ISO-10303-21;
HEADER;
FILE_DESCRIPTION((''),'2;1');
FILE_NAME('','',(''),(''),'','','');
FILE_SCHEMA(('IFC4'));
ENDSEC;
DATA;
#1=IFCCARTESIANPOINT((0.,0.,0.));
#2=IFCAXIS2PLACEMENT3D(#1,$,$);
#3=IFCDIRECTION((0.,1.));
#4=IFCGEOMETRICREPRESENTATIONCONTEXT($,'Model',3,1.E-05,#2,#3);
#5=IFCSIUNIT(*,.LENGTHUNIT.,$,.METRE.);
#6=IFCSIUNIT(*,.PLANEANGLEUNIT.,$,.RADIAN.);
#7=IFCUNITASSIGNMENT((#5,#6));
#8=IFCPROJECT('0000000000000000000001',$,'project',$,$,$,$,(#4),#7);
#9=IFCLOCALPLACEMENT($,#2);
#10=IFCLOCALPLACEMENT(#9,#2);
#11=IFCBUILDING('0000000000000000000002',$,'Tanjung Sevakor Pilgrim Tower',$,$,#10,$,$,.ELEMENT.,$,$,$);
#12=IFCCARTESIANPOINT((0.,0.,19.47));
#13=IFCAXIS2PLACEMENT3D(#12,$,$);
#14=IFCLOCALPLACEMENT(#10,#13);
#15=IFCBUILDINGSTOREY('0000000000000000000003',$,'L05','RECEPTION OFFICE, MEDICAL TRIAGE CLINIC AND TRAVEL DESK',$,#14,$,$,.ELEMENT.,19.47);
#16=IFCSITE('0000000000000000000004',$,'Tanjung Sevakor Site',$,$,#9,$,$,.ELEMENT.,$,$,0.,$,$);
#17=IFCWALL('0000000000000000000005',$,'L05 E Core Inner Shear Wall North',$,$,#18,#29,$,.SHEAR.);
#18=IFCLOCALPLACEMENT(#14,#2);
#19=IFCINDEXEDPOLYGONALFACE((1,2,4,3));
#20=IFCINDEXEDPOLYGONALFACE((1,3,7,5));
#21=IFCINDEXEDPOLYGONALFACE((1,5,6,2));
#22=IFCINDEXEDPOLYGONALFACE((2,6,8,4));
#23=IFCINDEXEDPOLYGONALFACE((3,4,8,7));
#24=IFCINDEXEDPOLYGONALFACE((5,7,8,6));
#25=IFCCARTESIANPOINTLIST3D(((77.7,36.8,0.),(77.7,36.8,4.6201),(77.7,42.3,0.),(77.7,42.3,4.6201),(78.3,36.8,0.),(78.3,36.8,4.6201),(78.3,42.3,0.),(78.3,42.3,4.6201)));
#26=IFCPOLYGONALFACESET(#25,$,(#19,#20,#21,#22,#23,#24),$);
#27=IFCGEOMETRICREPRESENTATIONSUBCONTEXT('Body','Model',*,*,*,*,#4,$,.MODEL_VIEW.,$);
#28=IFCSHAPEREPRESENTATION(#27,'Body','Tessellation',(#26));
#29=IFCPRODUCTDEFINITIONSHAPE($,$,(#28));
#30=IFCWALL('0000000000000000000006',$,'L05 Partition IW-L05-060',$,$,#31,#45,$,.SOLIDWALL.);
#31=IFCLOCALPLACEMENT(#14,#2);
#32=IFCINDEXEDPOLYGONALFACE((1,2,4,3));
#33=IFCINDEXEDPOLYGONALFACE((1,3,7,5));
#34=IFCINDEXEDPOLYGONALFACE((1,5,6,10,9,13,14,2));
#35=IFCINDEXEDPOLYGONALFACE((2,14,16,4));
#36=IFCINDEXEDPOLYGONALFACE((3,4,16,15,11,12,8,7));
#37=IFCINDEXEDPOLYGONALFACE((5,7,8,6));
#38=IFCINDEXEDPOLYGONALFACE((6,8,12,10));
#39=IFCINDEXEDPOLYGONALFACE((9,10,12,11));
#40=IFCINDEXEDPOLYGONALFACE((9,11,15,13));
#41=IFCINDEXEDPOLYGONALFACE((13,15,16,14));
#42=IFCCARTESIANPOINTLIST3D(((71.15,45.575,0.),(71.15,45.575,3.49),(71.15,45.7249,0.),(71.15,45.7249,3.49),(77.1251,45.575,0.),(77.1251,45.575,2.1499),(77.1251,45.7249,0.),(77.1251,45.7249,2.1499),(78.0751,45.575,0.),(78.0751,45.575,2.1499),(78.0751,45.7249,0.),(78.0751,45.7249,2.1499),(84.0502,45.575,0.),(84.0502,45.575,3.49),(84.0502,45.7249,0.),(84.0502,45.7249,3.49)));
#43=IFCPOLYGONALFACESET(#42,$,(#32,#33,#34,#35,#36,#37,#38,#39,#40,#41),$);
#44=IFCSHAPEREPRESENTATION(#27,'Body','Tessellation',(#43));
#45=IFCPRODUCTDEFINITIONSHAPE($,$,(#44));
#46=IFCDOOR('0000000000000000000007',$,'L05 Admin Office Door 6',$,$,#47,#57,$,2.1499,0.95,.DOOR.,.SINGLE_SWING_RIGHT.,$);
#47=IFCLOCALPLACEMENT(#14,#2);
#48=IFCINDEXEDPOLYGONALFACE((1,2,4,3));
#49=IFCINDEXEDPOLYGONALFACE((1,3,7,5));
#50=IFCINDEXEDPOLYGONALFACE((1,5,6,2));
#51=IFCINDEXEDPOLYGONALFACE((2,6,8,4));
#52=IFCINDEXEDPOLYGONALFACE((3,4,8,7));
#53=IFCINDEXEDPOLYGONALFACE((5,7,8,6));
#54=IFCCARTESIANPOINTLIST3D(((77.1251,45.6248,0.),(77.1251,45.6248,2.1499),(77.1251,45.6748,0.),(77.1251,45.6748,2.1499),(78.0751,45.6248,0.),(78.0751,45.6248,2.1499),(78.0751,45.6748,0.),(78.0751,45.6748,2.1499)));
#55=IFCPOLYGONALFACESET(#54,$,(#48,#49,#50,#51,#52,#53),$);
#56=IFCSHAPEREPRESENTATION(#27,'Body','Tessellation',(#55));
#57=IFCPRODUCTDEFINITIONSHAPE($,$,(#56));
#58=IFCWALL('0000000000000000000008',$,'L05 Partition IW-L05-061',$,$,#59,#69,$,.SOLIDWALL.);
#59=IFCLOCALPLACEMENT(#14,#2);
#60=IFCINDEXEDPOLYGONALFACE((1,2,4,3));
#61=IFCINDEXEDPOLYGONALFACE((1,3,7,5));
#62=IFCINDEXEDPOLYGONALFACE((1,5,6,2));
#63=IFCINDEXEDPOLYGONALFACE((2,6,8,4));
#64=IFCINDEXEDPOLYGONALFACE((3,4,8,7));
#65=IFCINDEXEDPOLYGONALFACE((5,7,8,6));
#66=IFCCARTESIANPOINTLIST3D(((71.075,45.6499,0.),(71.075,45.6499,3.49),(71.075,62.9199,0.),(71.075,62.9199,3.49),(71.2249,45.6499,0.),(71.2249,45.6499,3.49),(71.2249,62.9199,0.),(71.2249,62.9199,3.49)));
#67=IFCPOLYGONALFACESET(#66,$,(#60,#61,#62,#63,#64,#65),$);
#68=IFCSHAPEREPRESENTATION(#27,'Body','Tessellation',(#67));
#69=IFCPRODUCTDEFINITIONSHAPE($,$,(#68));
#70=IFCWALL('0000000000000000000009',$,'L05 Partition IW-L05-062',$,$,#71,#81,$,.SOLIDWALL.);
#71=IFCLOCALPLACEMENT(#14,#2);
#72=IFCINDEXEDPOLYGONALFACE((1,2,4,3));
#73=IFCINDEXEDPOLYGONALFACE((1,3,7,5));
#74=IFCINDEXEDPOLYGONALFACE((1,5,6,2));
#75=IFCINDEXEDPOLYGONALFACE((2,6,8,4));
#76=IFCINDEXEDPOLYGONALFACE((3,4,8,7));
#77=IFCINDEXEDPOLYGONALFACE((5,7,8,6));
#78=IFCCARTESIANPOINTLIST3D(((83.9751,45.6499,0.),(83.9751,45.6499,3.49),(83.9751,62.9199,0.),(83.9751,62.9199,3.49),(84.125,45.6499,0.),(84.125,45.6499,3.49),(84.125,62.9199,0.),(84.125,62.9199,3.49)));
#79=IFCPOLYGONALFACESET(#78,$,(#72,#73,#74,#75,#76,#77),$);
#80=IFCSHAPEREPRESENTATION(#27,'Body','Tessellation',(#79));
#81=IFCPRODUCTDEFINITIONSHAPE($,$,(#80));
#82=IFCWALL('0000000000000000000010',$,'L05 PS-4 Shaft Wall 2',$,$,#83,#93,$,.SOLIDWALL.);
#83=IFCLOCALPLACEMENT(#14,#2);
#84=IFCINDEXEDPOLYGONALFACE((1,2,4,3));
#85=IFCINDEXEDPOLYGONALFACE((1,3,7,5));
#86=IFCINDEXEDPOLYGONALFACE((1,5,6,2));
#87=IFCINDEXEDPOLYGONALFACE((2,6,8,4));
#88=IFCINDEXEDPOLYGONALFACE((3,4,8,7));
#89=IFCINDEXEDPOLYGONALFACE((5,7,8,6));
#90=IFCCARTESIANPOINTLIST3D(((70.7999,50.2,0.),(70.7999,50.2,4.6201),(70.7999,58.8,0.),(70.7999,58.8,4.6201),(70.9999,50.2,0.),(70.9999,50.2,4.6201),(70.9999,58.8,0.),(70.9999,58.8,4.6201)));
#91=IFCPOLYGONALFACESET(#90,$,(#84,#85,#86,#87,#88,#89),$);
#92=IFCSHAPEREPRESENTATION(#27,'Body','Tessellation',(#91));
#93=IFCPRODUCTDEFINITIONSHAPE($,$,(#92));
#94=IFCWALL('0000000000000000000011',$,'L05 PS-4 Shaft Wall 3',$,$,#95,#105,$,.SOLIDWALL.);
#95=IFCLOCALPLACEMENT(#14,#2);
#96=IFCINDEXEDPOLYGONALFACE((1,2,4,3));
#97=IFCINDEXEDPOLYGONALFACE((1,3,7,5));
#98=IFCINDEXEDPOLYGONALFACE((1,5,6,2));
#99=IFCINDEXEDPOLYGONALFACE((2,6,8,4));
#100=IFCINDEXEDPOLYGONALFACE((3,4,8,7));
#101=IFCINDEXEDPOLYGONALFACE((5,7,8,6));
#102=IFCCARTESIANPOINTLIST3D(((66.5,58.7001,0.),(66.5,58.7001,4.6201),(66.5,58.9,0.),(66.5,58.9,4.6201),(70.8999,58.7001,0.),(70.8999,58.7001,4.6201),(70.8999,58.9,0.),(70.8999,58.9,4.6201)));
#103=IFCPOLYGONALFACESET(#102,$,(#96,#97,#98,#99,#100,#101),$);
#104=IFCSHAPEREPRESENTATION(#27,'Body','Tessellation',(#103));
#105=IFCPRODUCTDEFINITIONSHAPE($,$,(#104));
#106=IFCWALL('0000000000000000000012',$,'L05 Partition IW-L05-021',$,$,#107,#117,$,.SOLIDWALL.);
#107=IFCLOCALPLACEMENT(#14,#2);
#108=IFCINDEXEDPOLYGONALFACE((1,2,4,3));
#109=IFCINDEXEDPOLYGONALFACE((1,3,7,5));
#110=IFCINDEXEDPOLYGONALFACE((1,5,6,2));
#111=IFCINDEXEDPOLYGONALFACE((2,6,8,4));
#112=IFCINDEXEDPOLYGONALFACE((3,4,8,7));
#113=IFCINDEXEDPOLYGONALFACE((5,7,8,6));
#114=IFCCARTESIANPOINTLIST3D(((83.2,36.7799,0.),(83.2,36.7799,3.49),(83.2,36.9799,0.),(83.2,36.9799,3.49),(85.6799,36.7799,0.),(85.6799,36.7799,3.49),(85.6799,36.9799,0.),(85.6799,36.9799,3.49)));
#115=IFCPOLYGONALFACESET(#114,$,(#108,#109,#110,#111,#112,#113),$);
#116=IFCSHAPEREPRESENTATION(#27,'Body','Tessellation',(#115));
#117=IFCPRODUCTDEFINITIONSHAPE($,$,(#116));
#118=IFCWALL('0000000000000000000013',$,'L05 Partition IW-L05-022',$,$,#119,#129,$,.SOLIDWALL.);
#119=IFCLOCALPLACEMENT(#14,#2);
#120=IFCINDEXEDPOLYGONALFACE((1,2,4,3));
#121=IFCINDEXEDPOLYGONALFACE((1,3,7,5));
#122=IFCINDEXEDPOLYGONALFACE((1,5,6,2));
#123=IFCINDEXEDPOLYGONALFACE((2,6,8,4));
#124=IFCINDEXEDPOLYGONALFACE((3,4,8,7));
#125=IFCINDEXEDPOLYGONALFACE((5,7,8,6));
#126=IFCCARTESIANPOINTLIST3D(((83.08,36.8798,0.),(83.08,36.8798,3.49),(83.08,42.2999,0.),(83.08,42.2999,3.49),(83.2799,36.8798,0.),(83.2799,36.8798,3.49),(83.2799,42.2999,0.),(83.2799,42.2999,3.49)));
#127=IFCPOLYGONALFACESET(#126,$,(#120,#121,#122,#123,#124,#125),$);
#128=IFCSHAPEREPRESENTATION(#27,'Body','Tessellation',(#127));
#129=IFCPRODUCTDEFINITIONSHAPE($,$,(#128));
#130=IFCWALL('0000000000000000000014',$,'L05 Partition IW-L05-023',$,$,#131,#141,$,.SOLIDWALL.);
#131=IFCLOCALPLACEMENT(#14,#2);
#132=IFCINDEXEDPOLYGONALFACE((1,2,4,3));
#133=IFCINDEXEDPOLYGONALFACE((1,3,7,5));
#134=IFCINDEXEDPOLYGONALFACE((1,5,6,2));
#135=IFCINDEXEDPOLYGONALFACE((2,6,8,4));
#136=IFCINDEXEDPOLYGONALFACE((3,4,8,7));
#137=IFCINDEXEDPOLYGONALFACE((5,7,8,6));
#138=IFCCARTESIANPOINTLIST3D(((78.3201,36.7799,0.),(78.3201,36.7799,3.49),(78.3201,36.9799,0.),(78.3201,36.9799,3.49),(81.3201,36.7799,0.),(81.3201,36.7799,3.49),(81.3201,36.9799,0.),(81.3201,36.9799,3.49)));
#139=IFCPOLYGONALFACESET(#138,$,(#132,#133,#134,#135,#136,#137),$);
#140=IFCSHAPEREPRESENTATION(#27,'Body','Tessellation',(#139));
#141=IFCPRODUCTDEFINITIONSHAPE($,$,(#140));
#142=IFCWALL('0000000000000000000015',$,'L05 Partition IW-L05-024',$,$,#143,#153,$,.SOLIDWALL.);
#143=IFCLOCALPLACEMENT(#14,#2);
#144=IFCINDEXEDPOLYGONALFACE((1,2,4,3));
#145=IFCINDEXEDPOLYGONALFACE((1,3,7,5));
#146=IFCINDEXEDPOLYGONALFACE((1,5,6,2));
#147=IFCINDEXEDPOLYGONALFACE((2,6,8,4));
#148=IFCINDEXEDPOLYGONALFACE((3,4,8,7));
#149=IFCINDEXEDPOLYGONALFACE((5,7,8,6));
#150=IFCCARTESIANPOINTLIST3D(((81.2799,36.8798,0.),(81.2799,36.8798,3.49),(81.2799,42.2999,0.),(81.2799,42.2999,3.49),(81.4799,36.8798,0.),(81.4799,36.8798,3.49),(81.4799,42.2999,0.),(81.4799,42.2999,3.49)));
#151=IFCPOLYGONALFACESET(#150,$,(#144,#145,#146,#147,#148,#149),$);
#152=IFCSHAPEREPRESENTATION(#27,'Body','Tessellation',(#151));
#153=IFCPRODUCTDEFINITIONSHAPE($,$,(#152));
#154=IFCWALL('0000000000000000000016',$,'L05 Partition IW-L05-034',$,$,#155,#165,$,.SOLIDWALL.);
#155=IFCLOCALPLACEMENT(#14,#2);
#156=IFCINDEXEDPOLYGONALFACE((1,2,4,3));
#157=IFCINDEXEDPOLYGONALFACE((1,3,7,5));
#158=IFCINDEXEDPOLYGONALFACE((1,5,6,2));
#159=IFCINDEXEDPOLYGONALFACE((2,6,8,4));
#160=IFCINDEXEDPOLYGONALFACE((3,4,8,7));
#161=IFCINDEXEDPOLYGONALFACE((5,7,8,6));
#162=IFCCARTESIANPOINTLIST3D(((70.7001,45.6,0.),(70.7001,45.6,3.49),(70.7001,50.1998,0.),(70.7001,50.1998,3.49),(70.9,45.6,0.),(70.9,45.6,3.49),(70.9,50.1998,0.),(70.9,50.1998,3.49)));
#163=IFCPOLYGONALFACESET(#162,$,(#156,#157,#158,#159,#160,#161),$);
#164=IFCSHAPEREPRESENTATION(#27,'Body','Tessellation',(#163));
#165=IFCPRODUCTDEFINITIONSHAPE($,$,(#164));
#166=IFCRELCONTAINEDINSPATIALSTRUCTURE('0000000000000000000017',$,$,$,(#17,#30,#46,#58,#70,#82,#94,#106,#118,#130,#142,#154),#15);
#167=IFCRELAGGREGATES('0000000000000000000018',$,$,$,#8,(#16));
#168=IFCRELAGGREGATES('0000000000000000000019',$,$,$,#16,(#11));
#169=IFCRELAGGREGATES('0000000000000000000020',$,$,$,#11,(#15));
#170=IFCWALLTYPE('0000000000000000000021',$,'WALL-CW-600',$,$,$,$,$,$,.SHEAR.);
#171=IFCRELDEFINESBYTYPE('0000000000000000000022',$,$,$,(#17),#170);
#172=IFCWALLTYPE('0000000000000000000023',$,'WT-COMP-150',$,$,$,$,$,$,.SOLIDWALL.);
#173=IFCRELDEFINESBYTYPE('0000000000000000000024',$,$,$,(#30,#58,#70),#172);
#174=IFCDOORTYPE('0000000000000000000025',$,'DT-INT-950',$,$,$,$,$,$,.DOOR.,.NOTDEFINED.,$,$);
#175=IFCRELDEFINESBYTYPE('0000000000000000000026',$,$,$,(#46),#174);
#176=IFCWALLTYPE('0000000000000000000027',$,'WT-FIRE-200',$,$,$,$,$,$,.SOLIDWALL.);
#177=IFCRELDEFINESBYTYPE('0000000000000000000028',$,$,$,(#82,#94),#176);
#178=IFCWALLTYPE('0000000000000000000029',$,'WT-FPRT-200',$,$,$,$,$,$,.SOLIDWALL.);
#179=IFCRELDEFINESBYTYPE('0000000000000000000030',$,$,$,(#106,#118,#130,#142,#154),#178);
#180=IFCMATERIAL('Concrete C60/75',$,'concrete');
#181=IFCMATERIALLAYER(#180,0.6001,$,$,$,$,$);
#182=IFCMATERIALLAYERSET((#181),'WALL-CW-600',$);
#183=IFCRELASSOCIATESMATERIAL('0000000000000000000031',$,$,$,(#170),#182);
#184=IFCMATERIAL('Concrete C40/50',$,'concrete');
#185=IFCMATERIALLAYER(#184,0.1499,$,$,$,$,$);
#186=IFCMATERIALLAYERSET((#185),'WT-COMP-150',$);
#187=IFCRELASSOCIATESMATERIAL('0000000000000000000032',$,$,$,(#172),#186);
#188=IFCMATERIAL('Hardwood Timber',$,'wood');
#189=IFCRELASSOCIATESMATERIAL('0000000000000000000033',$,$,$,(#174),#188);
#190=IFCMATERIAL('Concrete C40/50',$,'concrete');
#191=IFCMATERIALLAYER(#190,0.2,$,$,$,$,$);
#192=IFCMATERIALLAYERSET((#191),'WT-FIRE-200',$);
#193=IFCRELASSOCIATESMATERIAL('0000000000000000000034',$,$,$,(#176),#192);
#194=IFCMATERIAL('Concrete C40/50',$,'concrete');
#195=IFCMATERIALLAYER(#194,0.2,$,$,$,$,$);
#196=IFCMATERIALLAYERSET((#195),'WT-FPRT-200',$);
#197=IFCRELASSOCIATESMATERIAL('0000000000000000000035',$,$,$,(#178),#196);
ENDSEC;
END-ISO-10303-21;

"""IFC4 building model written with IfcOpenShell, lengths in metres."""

from ifc_helpers import new_model, si_unit, direction, frame, frame_2d, origin, place, context, subcontext, project, spatial, rectangle, extrude, material, layer, layer_set, type_object, element, fill, save


model = new_model("IFC4")

# Units and contexts
model_context = context("Model", 3, precision=1e-05, world=origin(), true_north=direction((0.0, 1.0)))
body_context = subcontext(model_context, "Body", "Model", "MODEL_VIEW")
ifc_project = project(units=[si_unit("LENGTHUNIT", "METRE"), si_unit("PLANEANGLEUNIT", "RADIAN")], contexts=[model_context])

# Site, building, storey
site_placement = place(None, origin())
site = spatial("IfcSite", under=ifc_project, at=site_placement, Name="Tanjung Sevakor Site", CompositionType="ELEMENT", RefElevation=0.0)
building_placement = place(site_placement, origin())
building = spatial("IfcBuilding", under=site, at=building_placement, Name="Tanjung Sevakor Pilgrim Tower", CompositionType="ELEMENT")
storey_placement = place(building_placement, frame((0.0, 0.0, 19.47)))
storey = spatial("IfcBuildingStorey", under=building, at=storey_placement, Name="L05", Description="RECEPTION OFFICE, MEDICAL TRIAGE CLINIC AND TRAVEL DESK", CompositionType="ELEMENT", Elevation=19.47)

# Wall
ifc_material_1 = material(Name="Concrete C60/75", Category="concrete")
ifc_layer_1 = layer(ifc_material_1, 0.6001)
ifc_layer_set_1 = layer_set([ifc_layer_1], Name="WALL-CW-600")
wall_type_1 = type_object("IfcWallType", Name="WALL-CW-600", PredefinedType="SHEAR", material=ifc_layer_set_1)
wall_1_placement = place(storey_placement, frame((78.0, 36.8, 0.0), z_axis=(0.0, 0.0, 1.0), x_axis=(0.0, 1.0, 0.0)))
element("IfcWall", 1, at=wall_1_placement, inside=storey, type_object=wall_type_1, Name="L05 E Core Inner Shear Wall North", PredefinedType="SHEAR", context=body_context, shape_type="SweptSolid", body=[
    extrude(rectangle(XDim=5.5, YDim=0.6001, at=frame_2d((2.75, 0.0))), origin(), (0.0, 0.0, 1.0), 4.6201),
])

# Wall, opening, door
ifc_material_2 = material(Name="Concrete C40/50", Category="concrete")
ifc_layer_2 = layer(ifc_material_2, 0.1499)
ifc_layer_set_2 = layer_set([ifc_layer_2], Name="WT-COMP-150")
wall_type_2 = type_object("IfcWallType", Name="WT-COMP-150", PredefinedType="SOLIDWALL", material=ifc_layer_set_2)
wall_2_placement = place(storey_placement, frame((71.1499, 45.6499, 0.0), z_axis=(0.0, 0.0, 1.0), x_axis=(1.0, 0.0, 0.0)))
wall_2 = element("IfcWall", 2, at=wall_2_placement, inside=storey, type_object=wall_type_2, Name="L05 Partition IW-L05-060", PredefinedType="SOLIDWALL", context=body_context, shape_type="SweptSolid", body=[
    extrude(rectangle(XDim=12.9001, YDim=0.1499, at=frame_2d((6.4502, 0.0))), origin(), (0.0, 0.0, 1.0), 3.49),
])
opening_placement = place(wall_2_placement, frame((5.9751, 0.0, 0.0)))
opening = element("IfcOpeningElement", 3, at=opening_placement, cuts=wall_2, PredefinedType="OPENING", context=body_context, shape_type="SweptSolid", body=[
    extrude(rectangle(XDim=0.95, YDim=2.1499, at=frame_2d((0.4751, 1.075))), frame((0.0, 0.085, 0.0), z_axis=(0.0, -1.0, 0.0), x_axis=(1.0, 0.0, 0.0)), (0.0, 0.0, 1.0), 0.1699),
])
ifc_material_3 = material(Name="Hardwood Timber", Category="wood")
door_type = type_object("IfcDoorType", Name="DT-INT-950", OperationType="NOTDEFINED", PredefinedType="DOOR", material=ifc_material_3)
door_placement = place(opening_placement, origin())
door = element("IfcDoor", 4, at=door_placement, inside=storey, type_object=door_type, Name="L05 Admin Office Door 6", OperationType="SINGLE_SWING_RIGHT", OverallHeight=2.1499, OverallWidth=0.95, PredefinedType="DOOR", context=body_context, shape_type="SweptSolid", body=[
    extrude(rectangle(XDim=0.95, YDim=2.1499, at=frame_2d((0.4751, 1.075))), frame((0.0, 0.0249, 0.0), z_axis=(0.0, -1.0, 0.0), x_axis=(1.0, 0.0, 0.0)), (0.0, 0.0, 1.0), 0.05),
])
fill(opening, door)

# Walls
for number, where, z_axis, x_axis, name in (
    (5, (71.1499, 45.6499, 0.0), (0.0, 0.0, 1.0), (0.0, 1.0, 0.0), "L05 Partition IW-L05-061"),
    (6, (84.05, 45.6499, 0.0), (0.0, 0.0, 1.0), (0.0, 1.0, 0.0), "L05 Partition IW-L05-062"),
):
    element("IfcWall", number, at=place(storey_placement, frame(where, z_axis=z_axis, x_axis=x_axis)), inside=storey, type_object=wall_type_2, Name=name, PredefinedType="SOLIDWALL", context=body_context, shape_type="SweptSolid", body=[
        extrude(rectangle(XDim=17.27, YDim=0.1499, at=frame_2d((8.635, 0.0))), origin(), (0.0, 0.0, 1.0), 3.49),
    ])
ifc_material_4 = material(Name="Concrete C40/50", Category="concrete")
ifc_layer_3 = layer(ifc_material_4, 0.2)
ifc_layer_set_3 = layer_set([ifc_layer_3], Name="WT-FIRE-200")
wall_type_3 = type_object("IfcWallType", Name="WT-FIRE-200", PredefinedType="SOLIDWALL", material=ifc_layer_set_3)
wall_3_placement = place(storey_placement, frame((70.8999, 50.2, 0.0), z_axis=(0.0, 0.0, 1.0), x_axis=(0.0, 1.0, 0.0)))
element("IfcWall", 7, at=wall_3_placement, inside=storey, type_object=wall_type_3, Name="L05 PS-4 Shaft Wall 2", PredefinedType="SOLIDWALL", context=body_context, shape_type="SweptSolid", body=[
    extrude(rectangle(XDim=8.6001, YDim=0.2, at=frame_2d((4.3, 0.0))), origin(), (0.0, 0.0, 1.0), 4.6201),
])
wall_4_placement = place(storey_placement, frame((70.8999, 58.8, 0.0), z_axis=(0.0, 0.0, 1.0), x_axis=(-1.0, 0.0, 0.0)))
element("IfcWall", 8, at=wall_4_placement, inside=storey, type_object=wall_type_3, Name="L05 PS-4 Shaft Wall 3", PredefinedType="SOLIDWALL", context=body_context, shape_type="SweptSolid", body=[
    extrude(rectangle(XDim=4.3999, YDim=0.2, at=frame_2d((2.2, 0.0))), origin(), (0.0, 0.0, 1.0), 4.6201),
])
ifc_material_5 = material(Name="Concrete C40/50", Category="concrete")
ifc_layer_4 = layer(ifc_material_5, 0.2)
ifc_layer_set_4 = layer_set([ifc_layer_4], Name="WT-FPRT-200")
wall_type_4 = type_object("IfcWallType", Name="WT-FPRT-200", PredefinedType="SOLIDWALL", material=ifc_layer_set_4)
wall_5_placement = place(storey_placement, frame((83.2, 36.8799, 0.0), z_axis=(0.0, 0.0, 1.0), x_axis=(1.0, 0.0, 0.0)))
element("IfcWall", 9, at=wall_5_placement, inside=storey, type_object=wall_type_4, Name="L05 Partition IW-L05-021", PredefinedType="SOLIDWALL", context=body_context, shape_type="SweptSolid", body=[
    extrude(rectangle(XDim=2.48, YDim=0.2, at=frame_2d((1.24, 0.0))), origin(), (0.0, 0.0, 1.0), 3.49),
])
wall_6_placement = place(storey_placement, frame((83.1799, 36.8799, 0.0), z_axis=(0.0, 0.0, 1.0), x_axis=(0.0, 1.0, 0.0)))
element("IfcWall", 10, at=wall_6_placement, inside=storey, type_object=wall_type_4, Name="L05 Partition IW-L05-022", PredefinedType="SOLIDWALL", context=body_context, shape_type="SweptSolid", body=[
    extrude(rectangle(XDim=5.4202, YDim=0.2, at=frame_2d((2.71, 0.0))), origin(), (0.0, 0.0, 1.0), 3.49),
])
wall_7_placement = place(storey_placement, frame((78.3201, 36.8799, 0.0), z_axis=(0.0, 0.0, 1.0), x_axis=(1.0, 0.0, 0.0)))
element("IfcWall", 11, at=wall_7_placement, inside=storey, type_object=wall_type_4, Name="L05 Partition IW-L05-023", PredefinedType="SOLIDWALL", context=body_context, shape_type="SweptSolid", body=[
    extrude(rectangle(XDim=3.0, YDim=0.2, at=frame_2d((1.5, 0.0))), origin(), (0.0, 0.0, 1.0), 3.49),
])
wall_8_placement = place(storey_placement, frame((81.3799, 36.8799, 0.0), z_axis=(0.0, 0.0, 1.0), x_axis=(0.0, 1.0, 0.0)))
element("IfcWall", 12, at=wall_8_placement, inside=storey, type_object=wall_type_4, Name="L05 Partition IW-L05-024", PredefinedType="SOLIDWALL", context=body_context, shape_type="SweptSolid", body=[
    extrude(rectangle(XDim=5.4202, YDim=0.2, at=frame_2d((2.71, 0.0))), origin(), (0.0, 0.0, 1.0), 3.49),
])
wall_9_placement = place(storey_placement, frame((70.8, 45.6001, 0.0), z_axis=(0.0, 0.0, 1.0), x_axis=(0.0, 1.0, 0.0)))
element("IfcWall", 13, at=wall_9_placement, inside=storey, type_object=wall_type_4, Name="L05 Partition IW-L05-034", PredefinedType="SOLIDWALL", context=body_context, shape_type="SweptSolid", body=[
    extrude(rectangle(XDim=4.5999, YDim=0.2, at=frame_2d((2.2998, 0.0))), origin(), (0.0, 0.0, 1.0), 3.49),
])

save(model, "model.ifc")
